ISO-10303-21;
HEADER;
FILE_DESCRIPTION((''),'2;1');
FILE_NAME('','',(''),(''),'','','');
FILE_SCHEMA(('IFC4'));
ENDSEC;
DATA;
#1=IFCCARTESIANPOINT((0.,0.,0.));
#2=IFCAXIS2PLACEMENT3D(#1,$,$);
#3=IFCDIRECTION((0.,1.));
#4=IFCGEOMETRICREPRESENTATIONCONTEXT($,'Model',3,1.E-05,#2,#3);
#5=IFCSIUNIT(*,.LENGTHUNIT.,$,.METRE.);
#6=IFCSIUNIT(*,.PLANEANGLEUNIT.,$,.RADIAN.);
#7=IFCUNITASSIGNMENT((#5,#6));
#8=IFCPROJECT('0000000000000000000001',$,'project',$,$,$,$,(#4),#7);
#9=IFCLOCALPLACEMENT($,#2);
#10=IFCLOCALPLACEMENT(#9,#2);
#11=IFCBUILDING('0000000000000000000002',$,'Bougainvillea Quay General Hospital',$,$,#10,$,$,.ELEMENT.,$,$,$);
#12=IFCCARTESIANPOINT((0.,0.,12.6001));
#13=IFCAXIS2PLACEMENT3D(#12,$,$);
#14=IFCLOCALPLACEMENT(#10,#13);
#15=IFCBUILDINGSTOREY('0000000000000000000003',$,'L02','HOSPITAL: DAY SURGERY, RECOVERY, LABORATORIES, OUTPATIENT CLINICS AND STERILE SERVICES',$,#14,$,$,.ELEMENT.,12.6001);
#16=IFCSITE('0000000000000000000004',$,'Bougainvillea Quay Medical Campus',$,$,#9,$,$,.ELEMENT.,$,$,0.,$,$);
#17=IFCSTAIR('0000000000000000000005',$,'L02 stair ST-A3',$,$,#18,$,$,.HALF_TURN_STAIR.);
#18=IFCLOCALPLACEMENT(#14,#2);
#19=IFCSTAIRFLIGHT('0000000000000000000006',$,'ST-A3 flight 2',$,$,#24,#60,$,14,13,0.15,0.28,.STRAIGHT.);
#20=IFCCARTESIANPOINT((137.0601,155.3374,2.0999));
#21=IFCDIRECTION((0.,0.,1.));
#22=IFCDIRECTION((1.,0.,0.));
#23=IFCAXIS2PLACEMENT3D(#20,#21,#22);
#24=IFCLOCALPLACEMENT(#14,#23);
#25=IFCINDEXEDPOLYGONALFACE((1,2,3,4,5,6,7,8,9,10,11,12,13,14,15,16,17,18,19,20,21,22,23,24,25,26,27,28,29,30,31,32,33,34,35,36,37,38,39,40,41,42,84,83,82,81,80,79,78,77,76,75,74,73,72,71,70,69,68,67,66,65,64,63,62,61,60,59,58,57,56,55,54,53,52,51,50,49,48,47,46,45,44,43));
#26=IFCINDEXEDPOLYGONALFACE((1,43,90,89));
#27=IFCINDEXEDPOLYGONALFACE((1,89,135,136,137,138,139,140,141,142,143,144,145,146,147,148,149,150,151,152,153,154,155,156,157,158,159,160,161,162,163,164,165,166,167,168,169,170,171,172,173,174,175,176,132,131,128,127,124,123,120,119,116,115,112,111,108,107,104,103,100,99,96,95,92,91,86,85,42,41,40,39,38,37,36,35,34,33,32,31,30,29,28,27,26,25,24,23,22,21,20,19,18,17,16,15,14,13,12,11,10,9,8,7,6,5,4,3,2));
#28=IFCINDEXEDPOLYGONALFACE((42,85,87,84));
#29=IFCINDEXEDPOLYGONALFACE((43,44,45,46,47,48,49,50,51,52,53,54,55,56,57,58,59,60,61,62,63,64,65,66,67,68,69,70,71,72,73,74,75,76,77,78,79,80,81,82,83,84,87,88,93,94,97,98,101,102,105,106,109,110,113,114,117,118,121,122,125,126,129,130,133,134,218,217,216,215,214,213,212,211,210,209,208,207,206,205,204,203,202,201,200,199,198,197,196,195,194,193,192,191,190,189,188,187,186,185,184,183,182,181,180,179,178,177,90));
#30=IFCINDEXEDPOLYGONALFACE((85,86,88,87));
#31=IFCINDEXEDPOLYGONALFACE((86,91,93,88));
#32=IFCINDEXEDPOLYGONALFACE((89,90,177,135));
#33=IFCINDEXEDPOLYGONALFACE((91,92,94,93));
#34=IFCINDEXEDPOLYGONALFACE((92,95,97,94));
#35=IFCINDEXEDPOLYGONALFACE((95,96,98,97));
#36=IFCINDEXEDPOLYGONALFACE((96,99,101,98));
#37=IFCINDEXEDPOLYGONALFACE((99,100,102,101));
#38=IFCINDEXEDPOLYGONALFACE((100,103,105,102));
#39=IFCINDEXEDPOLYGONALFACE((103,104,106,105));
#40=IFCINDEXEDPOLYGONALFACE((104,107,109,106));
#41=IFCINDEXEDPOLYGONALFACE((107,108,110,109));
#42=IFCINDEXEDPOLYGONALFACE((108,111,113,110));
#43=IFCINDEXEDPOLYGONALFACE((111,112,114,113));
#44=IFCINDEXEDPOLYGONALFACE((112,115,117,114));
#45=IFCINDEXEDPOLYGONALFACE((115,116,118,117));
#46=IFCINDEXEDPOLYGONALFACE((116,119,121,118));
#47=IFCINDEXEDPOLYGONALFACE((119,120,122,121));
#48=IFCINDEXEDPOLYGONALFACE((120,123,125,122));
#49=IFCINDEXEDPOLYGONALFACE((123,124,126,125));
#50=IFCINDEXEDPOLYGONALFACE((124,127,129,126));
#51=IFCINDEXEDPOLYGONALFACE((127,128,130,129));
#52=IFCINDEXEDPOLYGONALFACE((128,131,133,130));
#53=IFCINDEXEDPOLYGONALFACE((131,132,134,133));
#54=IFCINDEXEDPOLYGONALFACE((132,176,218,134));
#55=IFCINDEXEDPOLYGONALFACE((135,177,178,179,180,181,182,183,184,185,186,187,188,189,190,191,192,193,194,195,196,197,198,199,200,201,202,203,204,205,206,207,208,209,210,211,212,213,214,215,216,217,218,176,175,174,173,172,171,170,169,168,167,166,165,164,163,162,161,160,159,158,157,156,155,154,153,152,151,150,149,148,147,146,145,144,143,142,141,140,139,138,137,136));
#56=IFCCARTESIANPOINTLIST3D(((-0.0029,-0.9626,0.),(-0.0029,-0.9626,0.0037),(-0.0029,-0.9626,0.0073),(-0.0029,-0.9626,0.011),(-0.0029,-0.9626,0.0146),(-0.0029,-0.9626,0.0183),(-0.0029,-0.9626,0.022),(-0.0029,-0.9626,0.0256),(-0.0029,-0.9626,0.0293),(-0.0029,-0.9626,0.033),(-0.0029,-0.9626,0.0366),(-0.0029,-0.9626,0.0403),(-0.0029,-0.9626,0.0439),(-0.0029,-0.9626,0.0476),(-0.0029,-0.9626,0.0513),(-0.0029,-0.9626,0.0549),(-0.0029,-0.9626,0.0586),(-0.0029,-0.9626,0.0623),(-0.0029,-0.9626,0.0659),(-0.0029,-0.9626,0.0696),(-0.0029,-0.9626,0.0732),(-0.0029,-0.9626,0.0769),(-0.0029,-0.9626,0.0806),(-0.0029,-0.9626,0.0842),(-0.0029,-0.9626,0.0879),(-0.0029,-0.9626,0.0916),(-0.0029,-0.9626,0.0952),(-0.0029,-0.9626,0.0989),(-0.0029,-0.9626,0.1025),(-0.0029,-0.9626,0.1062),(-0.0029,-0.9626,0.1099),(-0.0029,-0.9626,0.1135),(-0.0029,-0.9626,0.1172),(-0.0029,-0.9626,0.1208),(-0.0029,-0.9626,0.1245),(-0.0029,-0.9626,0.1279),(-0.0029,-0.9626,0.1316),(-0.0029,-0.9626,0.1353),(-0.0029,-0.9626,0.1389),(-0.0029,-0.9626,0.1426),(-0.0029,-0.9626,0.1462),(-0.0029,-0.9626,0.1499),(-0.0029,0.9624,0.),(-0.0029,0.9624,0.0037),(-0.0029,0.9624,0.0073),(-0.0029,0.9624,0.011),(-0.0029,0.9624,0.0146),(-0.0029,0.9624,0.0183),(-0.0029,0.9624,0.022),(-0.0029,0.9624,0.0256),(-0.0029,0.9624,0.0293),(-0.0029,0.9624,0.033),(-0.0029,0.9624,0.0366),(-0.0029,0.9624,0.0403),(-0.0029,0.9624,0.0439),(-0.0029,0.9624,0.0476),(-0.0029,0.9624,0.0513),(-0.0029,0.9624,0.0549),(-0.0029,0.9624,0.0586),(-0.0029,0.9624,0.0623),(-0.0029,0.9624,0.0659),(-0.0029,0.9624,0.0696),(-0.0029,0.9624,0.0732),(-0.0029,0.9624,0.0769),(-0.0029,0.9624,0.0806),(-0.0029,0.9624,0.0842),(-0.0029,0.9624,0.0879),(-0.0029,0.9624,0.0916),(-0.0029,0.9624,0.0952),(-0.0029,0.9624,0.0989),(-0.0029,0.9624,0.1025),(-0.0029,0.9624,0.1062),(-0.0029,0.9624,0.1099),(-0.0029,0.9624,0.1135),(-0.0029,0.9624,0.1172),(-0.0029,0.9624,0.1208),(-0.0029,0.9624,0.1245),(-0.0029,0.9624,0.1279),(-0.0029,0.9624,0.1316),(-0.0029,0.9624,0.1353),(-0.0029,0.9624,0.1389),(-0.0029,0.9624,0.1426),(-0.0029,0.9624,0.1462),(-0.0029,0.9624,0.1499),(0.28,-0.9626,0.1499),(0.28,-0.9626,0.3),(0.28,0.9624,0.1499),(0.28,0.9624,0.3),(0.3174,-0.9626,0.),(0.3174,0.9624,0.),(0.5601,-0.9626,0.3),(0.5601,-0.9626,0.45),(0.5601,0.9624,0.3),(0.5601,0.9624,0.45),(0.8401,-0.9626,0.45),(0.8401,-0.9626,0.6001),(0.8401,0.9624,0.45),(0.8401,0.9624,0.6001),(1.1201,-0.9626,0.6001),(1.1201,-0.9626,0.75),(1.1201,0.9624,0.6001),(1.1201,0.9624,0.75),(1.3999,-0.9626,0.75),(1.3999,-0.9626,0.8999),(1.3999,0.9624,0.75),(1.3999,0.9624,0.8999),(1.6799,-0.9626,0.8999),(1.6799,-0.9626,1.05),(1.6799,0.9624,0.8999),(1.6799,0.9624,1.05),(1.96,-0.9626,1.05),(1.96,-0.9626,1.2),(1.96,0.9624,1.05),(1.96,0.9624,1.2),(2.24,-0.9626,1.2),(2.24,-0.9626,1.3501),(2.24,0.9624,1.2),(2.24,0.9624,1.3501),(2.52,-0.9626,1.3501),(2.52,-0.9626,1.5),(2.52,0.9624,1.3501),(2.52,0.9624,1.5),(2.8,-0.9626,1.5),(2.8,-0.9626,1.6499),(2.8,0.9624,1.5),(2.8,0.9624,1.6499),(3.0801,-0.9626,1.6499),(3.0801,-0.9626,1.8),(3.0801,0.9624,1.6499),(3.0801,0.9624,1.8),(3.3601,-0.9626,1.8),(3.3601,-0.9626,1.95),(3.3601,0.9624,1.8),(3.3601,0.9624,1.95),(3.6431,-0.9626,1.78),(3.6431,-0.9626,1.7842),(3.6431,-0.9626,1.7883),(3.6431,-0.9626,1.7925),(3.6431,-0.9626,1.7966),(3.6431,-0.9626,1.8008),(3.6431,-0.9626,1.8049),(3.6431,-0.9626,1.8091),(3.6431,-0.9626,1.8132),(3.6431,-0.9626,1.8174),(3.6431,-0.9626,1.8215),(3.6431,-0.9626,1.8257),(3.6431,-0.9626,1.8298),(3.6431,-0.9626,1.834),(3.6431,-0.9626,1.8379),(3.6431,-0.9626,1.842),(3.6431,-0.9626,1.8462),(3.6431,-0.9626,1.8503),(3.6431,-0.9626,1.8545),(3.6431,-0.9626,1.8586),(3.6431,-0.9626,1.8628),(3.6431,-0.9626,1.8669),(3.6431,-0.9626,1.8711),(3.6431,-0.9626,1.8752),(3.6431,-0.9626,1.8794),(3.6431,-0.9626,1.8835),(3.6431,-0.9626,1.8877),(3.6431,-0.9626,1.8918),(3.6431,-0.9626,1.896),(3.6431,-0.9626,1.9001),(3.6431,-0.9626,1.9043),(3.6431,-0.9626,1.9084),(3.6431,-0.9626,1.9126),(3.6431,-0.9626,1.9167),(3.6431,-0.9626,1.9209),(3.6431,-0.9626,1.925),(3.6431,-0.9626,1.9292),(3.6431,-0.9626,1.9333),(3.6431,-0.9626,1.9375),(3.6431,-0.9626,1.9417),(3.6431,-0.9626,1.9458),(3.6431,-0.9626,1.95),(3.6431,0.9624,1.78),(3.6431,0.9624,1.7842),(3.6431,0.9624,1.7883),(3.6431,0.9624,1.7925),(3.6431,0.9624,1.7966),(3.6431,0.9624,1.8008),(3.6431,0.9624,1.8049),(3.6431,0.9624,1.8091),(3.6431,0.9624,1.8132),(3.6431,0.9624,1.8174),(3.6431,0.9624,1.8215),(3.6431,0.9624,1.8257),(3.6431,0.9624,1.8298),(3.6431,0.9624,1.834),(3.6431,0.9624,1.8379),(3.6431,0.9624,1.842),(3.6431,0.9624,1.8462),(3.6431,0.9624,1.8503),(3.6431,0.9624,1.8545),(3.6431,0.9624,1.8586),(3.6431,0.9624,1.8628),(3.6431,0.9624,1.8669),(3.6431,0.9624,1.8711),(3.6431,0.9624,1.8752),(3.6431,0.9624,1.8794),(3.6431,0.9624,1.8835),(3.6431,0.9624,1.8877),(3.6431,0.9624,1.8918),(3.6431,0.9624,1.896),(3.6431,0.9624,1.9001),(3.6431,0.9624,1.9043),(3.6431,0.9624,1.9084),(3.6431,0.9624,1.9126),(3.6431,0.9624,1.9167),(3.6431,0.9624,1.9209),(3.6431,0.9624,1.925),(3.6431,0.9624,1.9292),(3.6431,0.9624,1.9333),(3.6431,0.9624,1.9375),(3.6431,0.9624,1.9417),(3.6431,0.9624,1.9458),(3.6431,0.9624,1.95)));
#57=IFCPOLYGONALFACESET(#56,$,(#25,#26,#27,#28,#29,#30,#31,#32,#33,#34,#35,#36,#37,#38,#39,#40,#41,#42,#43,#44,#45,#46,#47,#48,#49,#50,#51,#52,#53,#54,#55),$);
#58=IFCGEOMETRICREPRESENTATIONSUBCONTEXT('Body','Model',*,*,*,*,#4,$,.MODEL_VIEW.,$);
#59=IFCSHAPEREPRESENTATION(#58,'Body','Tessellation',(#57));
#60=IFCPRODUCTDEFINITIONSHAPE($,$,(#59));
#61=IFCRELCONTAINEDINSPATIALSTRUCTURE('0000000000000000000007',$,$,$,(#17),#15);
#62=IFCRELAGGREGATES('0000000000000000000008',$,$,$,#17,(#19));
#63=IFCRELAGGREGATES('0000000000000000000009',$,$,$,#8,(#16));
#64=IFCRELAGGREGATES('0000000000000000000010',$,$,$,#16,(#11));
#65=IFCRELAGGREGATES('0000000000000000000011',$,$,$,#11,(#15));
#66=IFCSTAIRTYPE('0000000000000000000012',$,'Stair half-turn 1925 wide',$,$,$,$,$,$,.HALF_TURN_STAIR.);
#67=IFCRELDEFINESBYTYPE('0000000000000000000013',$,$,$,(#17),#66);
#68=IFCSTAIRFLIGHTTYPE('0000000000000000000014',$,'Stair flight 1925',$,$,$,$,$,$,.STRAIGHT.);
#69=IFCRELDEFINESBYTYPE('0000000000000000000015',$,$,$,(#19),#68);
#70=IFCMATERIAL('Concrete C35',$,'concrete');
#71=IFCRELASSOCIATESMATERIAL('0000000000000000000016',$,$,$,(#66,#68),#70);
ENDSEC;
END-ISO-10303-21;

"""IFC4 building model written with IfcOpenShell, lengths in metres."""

from ifc_helpers import new_model, si_unit, direction, frame, origin, place, context, subcontext, project, spatial, polyline, outline, extrude, material, type_object, element, aggregate, save


model = new_model("IFC4")

# Units and contexts
model_context = context("Model", 3, precision=1e-05, world=origin(), true_north=direction((0.0, 1.0)))
body_context = subcontext(model_context, "Body", "Model", "MODEL_VIEW")
ifc_project = project(units=[si_unit("LENGTHUNIT", "METRE"), si_unit("PLANEANGLEUNIT", "RADIAN")], contexts=[model_context])

# Site, building, storey
site_placement = place(None, origin())
site = spatial("IfcSite", under=ifc_project, at=site_placement, Name="Bougainvillea Quay Medical Campus", CompositionType="ELEMENT", RefElevation=0.0)
building_placement = place(site_placement, origin())
building = spatial("IfcBuilding", under=site, at=building_placement, Name="Bougainvillea Quay General Hospital", CompositionType="ELEMENT")
storey_placement = place(building_placement, frame((0.0, 0.0, 12.6001)))
storey = spatial("IfcBuildingStorey", under=building, at=storey_placement, Name="L02", Description="HOSPITAL: DAY SURGERY, RECOVERY, LABORATORIES, OUTPATIENT CLINICS AND STERILE SERVICES", CompositionType="ELEMENT", Elevation=12.6001)

# Stair, stair flight
ifc_material_1 = material(Name="Concrete C35", Category="concrete")
stair_type = type_object("IfcStairType", Name="Stair half-turn 1925 wide", PredefinedType="HALF_TURN_STAIR", material=ifc_material_1)
stair_placement = place(storey_placement, origin())
stair = element("IfcStair", 1, at=stair_placement, inside=storey, type_object=stair_type, Name="L02 stair ST-A3", PredefinedType="HALF_TURN_STAIR")
stair_flight_type = type_object("IfcStairFlightType", Name="Stair flight 1925", PredefinedType="STRAIGHT", material=ifc_material_1)
stair_flight_placement = place(storey_placement, frame((137.0601, 155.3374, 2.0999), z_axis=(0.0, 0.0, 1.0), x_axis=(1.0, 0.0, 0.0)))
stair_flight = element("IfcStairFlight", 2, at=stair_flight_placement, type_object=stair_flight_type, Name="ST-A3 flight 2", NumberOfRisers=14, NumberOfTreads=13, PredefinedType="STRAIGHT", RiserHeight=0.15, TreadLength=0.28, context=body_context, shape_type="SweptSolid", body=[
    extrude(outline(polyline([(-0.0029, 0.0), (-0.0029, 0.0037), (-0.0029, 0.0073), (-0.0029, 0.011), (-0.0029, 0.0146), (-0.0029, 0.0183), (-0.0029, 0.022), (-0.0029, 0.0256), (-0.0029, 0.0293), (-0.0029, 0.033), (-0.0029, 0.0366), (-0.0029, 0.0403), (-0.0029, 0.0439), (-0.0029, 0.0476), (-0.0029, 0.0513), (-0.0029, 0.0549), (-0.0029, 0.0586), (-0.0029, 0.0623), (-0.0029, 0.0659), (-0.0029, 0.0696), (-0.0029, 0.0732), (-0.0029, 0.0769), (-0.0029, 0.0806), (-0.0029, 0.0842), (-0.0029, 0.0879), (-0.0029, 0.0916), (-0.0029, 0.0952), (-0.0029, 0.0989), (-0.0029, 0.1025), (-0.0029, 0.1062), (-0.0029, 0.1099), (-0.0029, 0.1135), (-0.0029, 0.1172), (-0.0029, 0.1208), (-0.0029, 0.1245), (-0.0029, 0.1279), (-0.0029, 0.1316), (-0.0029, 0.1353), (-0.0029, 0.1389), (-0.0029, 0.1426), (-0.0029, 0.1462), (-0.0029, 0.1499), (0.28, 0.1499), (0.28, 0.3), (0.5601, 0.3), (0.5601, 0.45), (0.8401, 0.45), (0.8401, 0.6001), (1.1201, 0.6001), (1.1201, 0.75), (1.3999, 0.75), (1.3999, 0.8999), (1.6799, 0.8999), (1.6799, 1.05), (1.96, 1.05), (1.96, 1.2), (2.24, 1.2), (2.24, 1.3501), (2.52, 1.3501), (2.52, 1.5), (2.8, 1.5), (2.8, 1.6499), (3.0801, 1.6499), (3.0801, 1.8), (3.3601, 1.8), (3.3601, 1.95), (3.6431, 1.95), (3.6431, 1.9458), (3.6431, 1.9417), (3.6431, 1.9375), (3.6431, 1.9333), (3.6431, 1.9292), (3.6431, 1.925), (3.6431, 1.9209), (3.6431, 1.9167), (3.6431, 1.9126), (3.6431, 1.9084), (3.6431, 1.9043), (3.6431, 1.9001), (3.6431, 1.896), (3.6431, 1.8918), (3.6431, 1.8877), (3.6431, 1.8835), (3.6431, 1.8794), (3.6431, 1.8752), (3.6431, 1.8711), (3.6431, 1.8669), (3.6431, 1.8628), (3.6431, 1.8586), (3.6431, 1.8545), (3.6431, 1.8503), (3.6431, 1.8462), (3.6431, 1.842), (3.6431, 1.8379), (3.6431, 1.834), (3.6431, 1.8298), (3.6431, 1.8257), (3.6431, 1.8215), (3.6431, 1.8174), (3.6431, 1.8132), (3.6431, 1.8091), (3.6431, 1.8049), (3.6431, 1.8008), (3.6431, 1.7966), (3.6431, 1.7925), (3.6431, 1.7883), (3.6431, 1.7842), (3.6431, 1.78), (0.3174, 0.0), (-0.0029, 0.0)])), frame((0.0, 0.9624, 0.0), z_axis=(0.0, -1.0, 0.0), x_axis=(1.0, 0.0, 0.0)), (0.0, 0.0, 1.0), 1.925),
])
aggregate(stair, [stair_flight])

save(model, "model.ifc")
